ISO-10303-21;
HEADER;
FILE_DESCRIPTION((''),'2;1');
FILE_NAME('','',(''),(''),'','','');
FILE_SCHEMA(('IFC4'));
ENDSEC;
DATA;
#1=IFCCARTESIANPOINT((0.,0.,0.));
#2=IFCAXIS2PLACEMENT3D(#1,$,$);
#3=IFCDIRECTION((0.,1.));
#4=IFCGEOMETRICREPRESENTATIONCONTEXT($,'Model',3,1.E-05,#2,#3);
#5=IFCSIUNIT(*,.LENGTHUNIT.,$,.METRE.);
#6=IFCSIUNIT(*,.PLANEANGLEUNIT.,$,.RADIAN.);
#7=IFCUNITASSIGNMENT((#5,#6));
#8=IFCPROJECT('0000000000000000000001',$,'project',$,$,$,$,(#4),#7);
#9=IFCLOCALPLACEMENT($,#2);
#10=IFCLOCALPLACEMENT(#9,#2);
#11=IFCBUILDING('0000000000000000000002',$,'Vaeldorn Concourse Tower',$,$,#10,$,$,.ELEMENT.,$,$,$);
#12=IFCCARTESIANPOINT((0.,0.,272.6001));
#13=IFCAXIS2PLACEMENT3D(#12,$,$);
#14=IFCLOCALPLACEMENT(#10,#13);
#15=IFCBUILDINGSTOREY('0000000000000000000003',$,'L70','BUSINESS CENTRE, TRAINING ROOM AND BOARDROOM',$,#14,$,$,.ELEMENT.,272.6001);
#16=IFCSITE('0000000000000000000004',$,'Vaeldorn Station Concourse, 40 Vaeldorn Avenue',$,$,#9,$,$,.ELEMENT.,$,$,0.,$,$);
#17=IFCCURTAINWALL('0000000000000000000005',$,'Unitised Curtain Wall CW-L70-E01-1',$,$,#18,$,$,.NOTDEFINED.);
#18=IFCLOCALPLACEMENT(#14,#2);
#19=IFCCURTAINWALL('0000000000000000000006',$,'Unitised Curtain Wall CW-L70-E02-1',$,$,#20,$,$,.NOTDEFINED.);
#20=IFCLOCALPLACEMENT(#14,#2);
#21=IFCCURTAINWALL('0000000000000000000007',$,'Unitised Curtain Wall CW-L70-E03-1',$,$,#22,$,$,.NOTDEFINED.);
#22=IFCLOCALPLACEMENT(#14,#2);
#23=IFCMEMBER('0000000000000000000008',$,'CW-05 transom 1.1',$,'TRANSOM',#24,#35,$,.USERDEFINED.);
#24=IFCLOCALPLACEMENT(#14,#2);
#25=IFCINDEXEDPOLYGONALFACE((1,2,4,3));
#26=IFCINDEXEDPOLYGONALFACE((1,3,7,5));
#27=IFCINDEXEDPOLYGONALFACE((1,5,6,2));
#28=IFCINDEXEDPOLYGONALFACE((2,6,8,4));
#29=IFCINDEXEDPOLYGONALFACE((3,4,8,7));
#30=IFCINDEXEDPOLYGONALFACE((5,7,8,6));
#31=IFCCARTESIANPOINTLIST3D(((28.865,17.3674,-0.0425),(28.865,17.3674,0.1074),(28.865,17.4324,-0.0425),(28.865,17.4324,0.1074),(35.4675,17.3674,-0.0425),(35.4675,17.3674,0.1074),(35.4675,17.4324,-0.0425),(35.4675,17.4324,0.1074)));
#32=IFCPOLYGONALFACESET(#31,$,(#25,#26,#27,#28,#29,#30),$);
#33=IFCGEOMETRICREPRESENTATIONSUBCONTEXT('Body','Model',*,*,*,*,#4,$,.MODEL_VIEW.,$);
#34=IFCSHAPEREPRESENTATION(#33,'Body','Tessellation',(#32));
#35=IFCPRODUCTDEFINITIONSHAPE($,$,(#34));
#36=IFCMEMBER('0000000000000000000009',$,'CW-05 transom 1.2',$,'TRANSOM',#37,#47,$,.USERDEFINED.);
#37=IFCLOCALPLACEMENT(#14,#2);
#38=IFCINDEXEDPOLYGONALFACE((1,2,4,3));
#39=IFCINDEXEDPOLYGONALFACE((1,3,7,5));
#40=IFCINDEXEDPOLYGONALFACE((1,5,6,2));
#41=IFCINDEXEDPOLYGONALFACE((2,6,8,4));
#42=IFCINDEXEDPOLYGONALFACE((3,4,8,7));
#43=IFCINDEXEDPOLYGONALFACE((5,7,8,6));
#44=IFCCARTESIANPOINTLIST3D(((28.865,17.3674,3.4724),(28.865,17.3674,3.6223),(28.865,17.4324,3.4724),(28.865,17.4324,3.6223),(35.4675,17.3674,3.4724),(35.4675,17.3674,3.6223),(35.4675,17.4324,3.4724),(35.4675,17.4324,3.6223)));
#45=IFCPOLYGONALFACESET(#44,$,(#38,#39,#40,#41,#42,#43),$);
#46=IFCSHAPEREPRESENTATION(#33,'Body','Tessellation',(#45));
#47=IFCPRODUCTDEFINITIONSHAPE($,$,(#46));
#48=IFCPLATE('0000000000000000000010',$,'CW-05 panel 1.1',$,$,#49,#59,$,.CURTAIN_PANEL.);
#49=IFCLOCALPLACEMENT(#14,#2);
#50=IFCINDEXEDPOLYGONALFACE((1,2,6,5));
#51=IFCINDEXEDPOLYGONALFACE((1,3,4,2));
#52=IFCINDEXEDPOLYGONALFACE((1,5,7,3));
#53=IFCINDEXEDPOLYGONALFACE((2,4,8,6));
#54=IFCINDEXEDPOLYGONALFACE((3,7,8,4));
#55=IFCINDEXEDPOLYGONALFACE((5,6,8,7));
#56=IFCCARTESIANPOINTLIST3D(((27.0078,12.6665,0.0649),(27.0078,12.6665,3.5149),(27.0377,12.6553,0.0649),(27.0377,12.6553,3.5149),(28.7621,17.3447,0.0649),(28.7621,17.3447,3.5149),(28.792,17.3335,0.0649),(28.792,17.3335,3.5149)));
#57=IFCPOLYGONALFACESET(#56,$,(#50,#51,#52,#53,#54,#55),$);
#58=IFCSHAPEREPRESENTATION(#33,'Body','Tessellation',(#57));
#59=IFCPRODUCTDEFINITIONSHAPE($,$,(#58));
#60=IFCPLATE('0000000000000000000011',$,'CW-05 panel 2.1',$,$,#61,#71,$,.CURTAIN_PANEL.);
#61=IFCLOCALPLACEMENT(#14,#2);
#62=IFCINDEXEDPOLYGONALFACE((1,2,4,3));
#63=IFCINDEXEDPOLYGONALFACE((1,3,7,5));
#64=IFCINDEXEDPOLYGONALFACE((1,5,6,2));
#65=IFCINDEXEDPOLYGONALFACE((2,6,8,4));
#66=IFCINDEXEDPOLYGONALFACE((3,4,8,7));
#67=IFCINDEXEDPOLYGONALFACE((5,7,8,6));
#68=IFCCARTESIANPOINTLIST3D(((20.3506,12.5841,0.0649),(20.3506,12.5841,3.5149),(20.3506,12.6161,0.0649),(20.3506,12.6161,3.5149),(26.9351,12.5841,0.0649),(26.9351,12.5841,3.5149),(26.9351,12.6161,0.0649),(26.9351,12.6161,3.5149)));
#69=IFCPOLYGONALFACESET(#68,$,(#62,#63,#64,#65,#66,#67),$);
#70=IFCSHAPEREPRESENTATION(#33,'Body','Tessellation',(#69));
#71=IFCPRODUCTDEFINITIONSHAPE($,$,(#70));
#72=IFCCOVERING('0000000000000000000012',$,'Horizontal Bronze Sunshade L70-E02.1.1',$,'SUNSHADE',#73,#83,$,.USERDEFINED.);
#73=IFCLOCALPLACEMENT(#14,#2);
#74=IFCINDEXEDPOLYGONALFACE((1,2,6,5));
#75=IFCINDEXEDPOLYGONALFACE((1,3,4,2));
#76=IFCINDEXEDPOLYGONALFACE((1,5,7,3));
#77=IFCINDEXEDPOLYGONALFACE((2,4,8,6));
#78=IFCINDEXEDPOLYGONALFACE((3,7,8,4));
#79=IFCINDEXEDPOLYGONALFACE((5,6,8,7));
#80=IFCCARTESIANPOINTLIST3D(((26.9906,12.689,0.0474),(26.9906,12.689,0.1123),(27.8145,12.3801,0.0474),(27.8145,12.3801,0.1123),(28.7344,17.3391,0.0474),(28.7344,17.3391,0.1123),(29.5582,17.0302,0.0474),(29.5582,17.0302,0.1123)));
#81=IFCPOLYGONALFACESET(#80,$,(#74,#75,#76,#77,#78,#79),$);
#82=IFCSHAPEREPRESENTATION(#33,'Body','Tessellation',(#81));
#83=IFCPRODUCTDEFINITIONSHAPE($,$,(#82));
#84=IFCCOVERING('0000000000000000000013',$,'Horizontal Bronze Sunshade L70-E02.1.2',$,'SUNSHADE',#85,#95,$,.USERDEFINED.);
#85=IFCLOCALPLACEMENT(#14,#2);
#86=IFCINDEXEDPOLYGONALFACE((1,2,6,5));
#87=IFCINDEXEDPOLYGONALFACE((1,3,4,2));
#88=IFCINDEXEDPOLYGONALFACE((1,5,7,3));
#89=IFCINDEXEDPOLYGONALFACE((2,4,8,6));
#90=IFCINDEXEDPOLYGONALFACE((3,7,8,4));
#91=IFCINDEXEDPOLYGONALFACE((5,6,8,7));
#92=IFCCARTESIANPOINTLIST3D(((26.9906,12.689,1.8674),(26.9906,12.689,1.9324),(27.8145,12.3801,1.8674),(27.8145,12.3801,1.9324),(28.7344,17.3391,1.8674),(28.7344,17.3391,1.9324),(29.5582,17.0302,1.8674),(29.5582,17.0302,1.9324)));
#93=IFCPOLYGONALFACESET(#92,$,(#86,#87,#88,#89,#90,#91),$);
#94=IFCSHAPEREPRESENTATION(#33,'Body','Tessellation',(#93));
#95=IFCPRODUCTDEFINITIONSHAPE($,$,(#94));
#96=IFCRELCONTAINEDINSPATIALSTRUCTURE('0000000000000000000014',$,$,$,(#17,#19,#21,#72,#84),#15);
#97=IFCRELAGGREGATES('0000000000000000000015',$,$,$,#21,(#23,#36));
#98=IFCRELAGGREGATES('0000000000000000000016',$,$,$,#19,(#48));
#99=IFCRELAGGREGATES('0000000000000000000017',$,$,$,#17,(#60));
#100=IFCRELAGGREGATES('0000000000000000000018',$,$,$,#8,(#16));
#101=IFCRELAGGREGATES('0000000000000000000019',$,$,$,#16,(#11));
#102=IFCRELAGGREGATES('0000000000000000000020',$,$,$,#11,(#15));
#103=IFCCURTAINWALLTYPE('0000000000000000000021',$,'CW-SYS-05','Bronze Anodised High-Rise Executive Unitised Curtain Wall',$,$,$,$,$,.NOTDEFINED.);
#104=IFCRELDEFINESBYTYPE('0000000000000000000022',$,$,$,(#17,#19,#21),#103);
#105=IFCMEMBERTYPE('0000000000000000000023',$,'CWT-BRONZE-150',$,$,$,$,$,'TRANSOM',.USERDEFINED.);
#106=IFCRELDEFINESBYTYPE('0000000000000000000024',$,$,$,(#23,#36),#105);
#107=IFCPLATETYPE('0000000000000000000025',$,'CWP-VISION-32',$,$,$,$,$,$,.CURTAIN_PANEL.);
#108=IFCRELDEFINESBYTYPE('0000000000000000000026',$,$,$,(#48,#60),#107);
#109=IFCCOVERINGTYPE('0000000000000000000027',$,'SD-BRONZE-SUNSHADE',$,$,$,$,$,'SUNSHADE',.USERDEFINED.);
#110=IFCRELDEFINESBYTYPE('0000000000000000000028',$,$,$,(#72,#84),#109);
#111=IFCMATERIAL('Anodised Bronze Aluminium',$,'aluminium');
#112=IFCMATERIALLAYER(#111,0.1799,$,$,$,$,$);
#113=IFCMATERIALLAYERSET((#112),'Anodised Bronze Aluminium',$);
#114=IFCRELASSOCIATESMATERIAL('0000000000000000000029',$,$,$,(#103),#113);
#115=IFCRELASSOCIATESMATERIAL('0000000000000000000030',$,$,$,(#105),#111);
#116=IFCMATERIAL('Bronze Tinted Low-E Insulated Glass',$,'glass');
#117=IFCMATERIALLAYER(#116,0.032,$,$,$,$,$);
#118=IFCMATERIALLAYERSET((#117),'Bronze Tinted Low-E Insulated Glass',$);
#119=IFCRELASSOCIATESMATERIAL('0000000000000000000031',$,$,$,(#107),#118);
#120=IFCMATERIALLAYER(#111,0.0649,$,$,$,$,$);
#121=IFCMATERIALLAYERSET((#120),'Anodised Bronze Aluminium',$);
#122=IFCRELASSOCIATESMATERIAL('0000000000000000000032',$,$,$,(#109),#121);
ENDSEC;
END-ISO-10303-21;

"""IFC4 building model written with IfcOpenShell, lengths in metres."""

from ifc_helpers import new_model, si_unit, direction, frame, origin, origin_2d, place, context, subcontext, project, spatial, rectangle, extrude, source, transform, mapped, material, layer, layer_set, material_profile, profile_set, type_object, element, aggregate, save


model = new_model("IFC4")

# Units and contexts
model_context = context("Model", 3, precision=1e-05, world=origin(), true_north=direction((0.0, 1.0)))
body_context = subcontext(model_context, "Body", "Model", "MODEL_VIEW")
ifc_project = project(units=[si_unit("LENGTHUNIT", "METRE"), si_unit("PLANEANGLEUNIT", "RADIAN")], contexts=[model_context])

# Site, building, storey
site_placement = place(None, origin())
site = spatial("IfcSite", under=ifc_project, at=site_placement, Name="Vaeldorn Station Concourse, 40 Vaeldorn Avenue", CompositionType="ELEMENT", RefElevation=0.0)
building_placement = place(site_placement, origin())
building = spatial("IfcBuilding", under=site, at=building_placement, Name="Vaeldorn Concourse Tower", CompositionType="ELEMENT")
storey_placement = place(building_placement, frame((0.0, 0.0, 272.6001)))
storey = spatial("IfcBuildingStorey", under=building, at=storey_placement, Name="L70", Description="BUSINESS CENTRE, TRAINING ROOM AND BOARDROOM", CompositionType="ELEMENT", Elevation=272.6001)

# Curtain wall
ifc_material_1 = material(Name="Anodised Bronze Aluminium", Category="aluminium")
ifc_layer_1 = layer(ifc_material_1, 0.1799)
ifc_layer_set_1 = layer_set([ifc_layer_1], Name="Anodised Bronze Aluminium")
curtain_wall_type = type_object("IfcCurtainWallType", Name="CW-SYS-05", Description="Bronze Anodised High-Rise Executive Unitised Curtain Wall", PredefinedType="NOTDEFINED", material=ifc_layer_set_1)
curtain_wall_1_placement = place(storey_placement, origin())
curtain_wall_1 = element("IfcCurtainWall", 1, at=curtain_wall_1_placement, inside=storey, type_object=curtain_wall_type, Name="Unitised Curtain Wall CW-L70-E01-1", PredefinedType="NOTDEFINED")

# Curtain wall
curtain_wall_2_placement = place(storey_placement, origin())
curtain_wall_2 = element("IfcCurtainWall", 2, at=curtain_wall_2_placement, inside=storey, type_object=curtain_wall_type, Name="Unitised Curtain Wall CW-L70-E02-1", PredefinedType="NOTDEFINED")

# Curtain wall
curtain_wall_3_placement = place(storey_placement, origin())
curtain_wall_3 = element("IfcCurtainWall", 3, at=curtain_wall_3_placement, inside=storey, type_object=curtain_wall_type, Name="Unitised Curtain Wall CW-L70-E03-1", PredefinedType="NOTDEFINED")

# Members
ifc_material_profile_1 = material_profile(ifc_material_1, rectangle(XDim=0.0649, YDim=0.1499, at=origin_2d()), Name="CWT 65x150")
ifc_profile_set_1 = profile_set([ifc_material_profile_1], Name="Anodised Bronze Aluminium")
member_type_1 = type_object("IfcMemberType", Name="CWT-BRONZE-150", ElementType="TRANSOM", PredefinedType="USERDEFINED", material=ifc_profile_set_1)
shared_shape_1 = source(origin(), body_context, "Body", "SweptSolid", [
    extrude(rectangle(XDim=0.0649, YDim=0.1499, at=origin_2d()), origin(), (0.0, 0.0, 1.0), 6.6025),
])
member_1_placement = place(storey_placement, frame((28.865, 17.3999, 0.0325), z_axis=(1.0, 0.0, 0.0), x_axis=(0.0, 1.0, 0.0)))
member_1 = element("IfcMember", 4, at=member_1_placement, type_object=member_type_1, Name="CW-05 transom 1.1", ObjectType="TRANSOM", PredefinedType="USERDEFINED", context=body_context, shape_type="MappedRepresentation", body=[
    mapped(shared_shape_1, transform((0.0, 0.0, 0.0), scale=1.0)),
])
member_2_placement = place(storey_placement, frame((28.865, 17.3999, 3.5474), z_axis=(1.0, 0.0, 0.0), x_axis=(0.0, 1.0, 0.0)))
member_2 = element("IfcMember", 5, at=member_2_placement, type_object=member_type_1, Name="CW-05 transom 1.2", ObjectType="TRANSOM", PredefinedType="USERDEFINED", context=body_context, shape_type="MappedRepresentation", body=[
    mapped(shared_shape_1, transform((0.0, 0.0, 0.0), scale=1.0)),
])
aggregate(curtain_wall_3, [member_1, member_2])

# Plates
ifc_material_2 = material(Name="Bronze Tinted Low-E Insulated Glass", Category="glass")
ifc_layer_2 = layer(ifc_material_2, 0.032)
ifc_layer_set_2 = layer_set([ifc_layer_2], Name="Bronze Tinted Low-E Insulated Glass")
plate_type = type_object("IfcPlateType", Name="CWP-VISION-32", PredefinedType="CURTAIN_PANEL", material=ifc_layer_set_2)
shared_shape_2 = source(origin(), body_context, "Body", "SweptSolid", [
    extrude(rectangle(XDim=4.9963, YDim=0.032, at=origin_2d()), origin(), (0.0, 0.0, 1.0), 3.45),
])
plate_1_placement = place(storey_placement, frame((27.8999, 15.0, 0.0649), z_axis=(0.0, 0.0, 1.0), x_axis=(0.351123, 0.936329, 0.0)))
plate_1 = element("IfcPlate", 6, at=plate_1_placement, type_object=plate_type, Name="CW-05 panel 1.1", PredefinedType="CURTAIN_PANEL", context=body_context, shape_type="MappedRepresentation", body=[
    mapped(shared_shape_2, transform((0.0, 0.0, 0.0), scale=1.0)),
])
aggregate(curtain_wall_2, [plate_1])
shared_shape_3 = source(origin(), body_context, "Body", "SweptSolid", [
    extrude(rectangle(XDim=6.5845, YDim=0.032, at=origin_2d()), origin(), (0.0, 0.0, 1.0), 3.45),
])
plate_2_placement = place(storey_placement, frame((23.6428, 12.6001, 0.0649), z_axis=(0.0, 0.0, 1.0), x_axis=(1.0, 0.0, 0.0)))
plate_2 = element("IfcPlate", 7, at=plate_2_placement, type_object=plate_type, Name="CW-05 panel 2.1", PredefinedType="CURTAIN_PANEL", context=body_context, shape_type="MappedRepresentation", body=[
    mapped(shared_shape_3, transform((0.0, 0.0, 0.0), scale=1.0)),
])
aggregate(curtain_wall_1, [plate_2])

# Coverings
ifc_layer_3 = layer(ifc_material_1, 0.0649)
ifc_layer_set_3 = layer_set([ifc_layer_3], Name="Anodised Bronze Aluminium")
covering_type = type_object("IfcCoveringType", Name="SD-BRONZE-SUNSHADE", ElementType="SUNSHADE", PredefinedType="USERDEFINED", material=ifc_layer_set_3)
shared_shape_4 = source(origin(), body_context, "Body", "SweptSolid", [
    extrude(rectangle(XDim=4.9663, YDim=0.8799, at=origin_2d()), origin(), (0.0, 0.0, 1.0), 0.0649),
])
for number, where, z_axis, x_axis, name in (
    (8, (28.2744, 14.8596, 0.0474), (0.0, 0.0, 1.0), (0.351123, 0.936329, 0.0), "Horizontal Bronze Sunshade L70-E02.1.1"),
    (9, (28.2744, 14.8596, 1.8674), (0.0, 0.0, 1.0), (0.351123, 0.936329, 0.0), "Horizontal Bronze Sunshade L70-E02.1.2"),
):
    element("IfcCovering", number, at=place(storey_placement, frame(where, z_axis=z_axis, x_axis=x_axis)), inside=storey, type_object=covering_type, Name=name, ObjectType="SUNSHADE", PredefinedType="USERDEFINED", context=body_context, shape_type="MappedRepresentation", body=[
        mapped(shared_shape_4, transform((0.0, 0.0, 0.0), scale=1.0)),
    ])

save(model, "model.ifc")
